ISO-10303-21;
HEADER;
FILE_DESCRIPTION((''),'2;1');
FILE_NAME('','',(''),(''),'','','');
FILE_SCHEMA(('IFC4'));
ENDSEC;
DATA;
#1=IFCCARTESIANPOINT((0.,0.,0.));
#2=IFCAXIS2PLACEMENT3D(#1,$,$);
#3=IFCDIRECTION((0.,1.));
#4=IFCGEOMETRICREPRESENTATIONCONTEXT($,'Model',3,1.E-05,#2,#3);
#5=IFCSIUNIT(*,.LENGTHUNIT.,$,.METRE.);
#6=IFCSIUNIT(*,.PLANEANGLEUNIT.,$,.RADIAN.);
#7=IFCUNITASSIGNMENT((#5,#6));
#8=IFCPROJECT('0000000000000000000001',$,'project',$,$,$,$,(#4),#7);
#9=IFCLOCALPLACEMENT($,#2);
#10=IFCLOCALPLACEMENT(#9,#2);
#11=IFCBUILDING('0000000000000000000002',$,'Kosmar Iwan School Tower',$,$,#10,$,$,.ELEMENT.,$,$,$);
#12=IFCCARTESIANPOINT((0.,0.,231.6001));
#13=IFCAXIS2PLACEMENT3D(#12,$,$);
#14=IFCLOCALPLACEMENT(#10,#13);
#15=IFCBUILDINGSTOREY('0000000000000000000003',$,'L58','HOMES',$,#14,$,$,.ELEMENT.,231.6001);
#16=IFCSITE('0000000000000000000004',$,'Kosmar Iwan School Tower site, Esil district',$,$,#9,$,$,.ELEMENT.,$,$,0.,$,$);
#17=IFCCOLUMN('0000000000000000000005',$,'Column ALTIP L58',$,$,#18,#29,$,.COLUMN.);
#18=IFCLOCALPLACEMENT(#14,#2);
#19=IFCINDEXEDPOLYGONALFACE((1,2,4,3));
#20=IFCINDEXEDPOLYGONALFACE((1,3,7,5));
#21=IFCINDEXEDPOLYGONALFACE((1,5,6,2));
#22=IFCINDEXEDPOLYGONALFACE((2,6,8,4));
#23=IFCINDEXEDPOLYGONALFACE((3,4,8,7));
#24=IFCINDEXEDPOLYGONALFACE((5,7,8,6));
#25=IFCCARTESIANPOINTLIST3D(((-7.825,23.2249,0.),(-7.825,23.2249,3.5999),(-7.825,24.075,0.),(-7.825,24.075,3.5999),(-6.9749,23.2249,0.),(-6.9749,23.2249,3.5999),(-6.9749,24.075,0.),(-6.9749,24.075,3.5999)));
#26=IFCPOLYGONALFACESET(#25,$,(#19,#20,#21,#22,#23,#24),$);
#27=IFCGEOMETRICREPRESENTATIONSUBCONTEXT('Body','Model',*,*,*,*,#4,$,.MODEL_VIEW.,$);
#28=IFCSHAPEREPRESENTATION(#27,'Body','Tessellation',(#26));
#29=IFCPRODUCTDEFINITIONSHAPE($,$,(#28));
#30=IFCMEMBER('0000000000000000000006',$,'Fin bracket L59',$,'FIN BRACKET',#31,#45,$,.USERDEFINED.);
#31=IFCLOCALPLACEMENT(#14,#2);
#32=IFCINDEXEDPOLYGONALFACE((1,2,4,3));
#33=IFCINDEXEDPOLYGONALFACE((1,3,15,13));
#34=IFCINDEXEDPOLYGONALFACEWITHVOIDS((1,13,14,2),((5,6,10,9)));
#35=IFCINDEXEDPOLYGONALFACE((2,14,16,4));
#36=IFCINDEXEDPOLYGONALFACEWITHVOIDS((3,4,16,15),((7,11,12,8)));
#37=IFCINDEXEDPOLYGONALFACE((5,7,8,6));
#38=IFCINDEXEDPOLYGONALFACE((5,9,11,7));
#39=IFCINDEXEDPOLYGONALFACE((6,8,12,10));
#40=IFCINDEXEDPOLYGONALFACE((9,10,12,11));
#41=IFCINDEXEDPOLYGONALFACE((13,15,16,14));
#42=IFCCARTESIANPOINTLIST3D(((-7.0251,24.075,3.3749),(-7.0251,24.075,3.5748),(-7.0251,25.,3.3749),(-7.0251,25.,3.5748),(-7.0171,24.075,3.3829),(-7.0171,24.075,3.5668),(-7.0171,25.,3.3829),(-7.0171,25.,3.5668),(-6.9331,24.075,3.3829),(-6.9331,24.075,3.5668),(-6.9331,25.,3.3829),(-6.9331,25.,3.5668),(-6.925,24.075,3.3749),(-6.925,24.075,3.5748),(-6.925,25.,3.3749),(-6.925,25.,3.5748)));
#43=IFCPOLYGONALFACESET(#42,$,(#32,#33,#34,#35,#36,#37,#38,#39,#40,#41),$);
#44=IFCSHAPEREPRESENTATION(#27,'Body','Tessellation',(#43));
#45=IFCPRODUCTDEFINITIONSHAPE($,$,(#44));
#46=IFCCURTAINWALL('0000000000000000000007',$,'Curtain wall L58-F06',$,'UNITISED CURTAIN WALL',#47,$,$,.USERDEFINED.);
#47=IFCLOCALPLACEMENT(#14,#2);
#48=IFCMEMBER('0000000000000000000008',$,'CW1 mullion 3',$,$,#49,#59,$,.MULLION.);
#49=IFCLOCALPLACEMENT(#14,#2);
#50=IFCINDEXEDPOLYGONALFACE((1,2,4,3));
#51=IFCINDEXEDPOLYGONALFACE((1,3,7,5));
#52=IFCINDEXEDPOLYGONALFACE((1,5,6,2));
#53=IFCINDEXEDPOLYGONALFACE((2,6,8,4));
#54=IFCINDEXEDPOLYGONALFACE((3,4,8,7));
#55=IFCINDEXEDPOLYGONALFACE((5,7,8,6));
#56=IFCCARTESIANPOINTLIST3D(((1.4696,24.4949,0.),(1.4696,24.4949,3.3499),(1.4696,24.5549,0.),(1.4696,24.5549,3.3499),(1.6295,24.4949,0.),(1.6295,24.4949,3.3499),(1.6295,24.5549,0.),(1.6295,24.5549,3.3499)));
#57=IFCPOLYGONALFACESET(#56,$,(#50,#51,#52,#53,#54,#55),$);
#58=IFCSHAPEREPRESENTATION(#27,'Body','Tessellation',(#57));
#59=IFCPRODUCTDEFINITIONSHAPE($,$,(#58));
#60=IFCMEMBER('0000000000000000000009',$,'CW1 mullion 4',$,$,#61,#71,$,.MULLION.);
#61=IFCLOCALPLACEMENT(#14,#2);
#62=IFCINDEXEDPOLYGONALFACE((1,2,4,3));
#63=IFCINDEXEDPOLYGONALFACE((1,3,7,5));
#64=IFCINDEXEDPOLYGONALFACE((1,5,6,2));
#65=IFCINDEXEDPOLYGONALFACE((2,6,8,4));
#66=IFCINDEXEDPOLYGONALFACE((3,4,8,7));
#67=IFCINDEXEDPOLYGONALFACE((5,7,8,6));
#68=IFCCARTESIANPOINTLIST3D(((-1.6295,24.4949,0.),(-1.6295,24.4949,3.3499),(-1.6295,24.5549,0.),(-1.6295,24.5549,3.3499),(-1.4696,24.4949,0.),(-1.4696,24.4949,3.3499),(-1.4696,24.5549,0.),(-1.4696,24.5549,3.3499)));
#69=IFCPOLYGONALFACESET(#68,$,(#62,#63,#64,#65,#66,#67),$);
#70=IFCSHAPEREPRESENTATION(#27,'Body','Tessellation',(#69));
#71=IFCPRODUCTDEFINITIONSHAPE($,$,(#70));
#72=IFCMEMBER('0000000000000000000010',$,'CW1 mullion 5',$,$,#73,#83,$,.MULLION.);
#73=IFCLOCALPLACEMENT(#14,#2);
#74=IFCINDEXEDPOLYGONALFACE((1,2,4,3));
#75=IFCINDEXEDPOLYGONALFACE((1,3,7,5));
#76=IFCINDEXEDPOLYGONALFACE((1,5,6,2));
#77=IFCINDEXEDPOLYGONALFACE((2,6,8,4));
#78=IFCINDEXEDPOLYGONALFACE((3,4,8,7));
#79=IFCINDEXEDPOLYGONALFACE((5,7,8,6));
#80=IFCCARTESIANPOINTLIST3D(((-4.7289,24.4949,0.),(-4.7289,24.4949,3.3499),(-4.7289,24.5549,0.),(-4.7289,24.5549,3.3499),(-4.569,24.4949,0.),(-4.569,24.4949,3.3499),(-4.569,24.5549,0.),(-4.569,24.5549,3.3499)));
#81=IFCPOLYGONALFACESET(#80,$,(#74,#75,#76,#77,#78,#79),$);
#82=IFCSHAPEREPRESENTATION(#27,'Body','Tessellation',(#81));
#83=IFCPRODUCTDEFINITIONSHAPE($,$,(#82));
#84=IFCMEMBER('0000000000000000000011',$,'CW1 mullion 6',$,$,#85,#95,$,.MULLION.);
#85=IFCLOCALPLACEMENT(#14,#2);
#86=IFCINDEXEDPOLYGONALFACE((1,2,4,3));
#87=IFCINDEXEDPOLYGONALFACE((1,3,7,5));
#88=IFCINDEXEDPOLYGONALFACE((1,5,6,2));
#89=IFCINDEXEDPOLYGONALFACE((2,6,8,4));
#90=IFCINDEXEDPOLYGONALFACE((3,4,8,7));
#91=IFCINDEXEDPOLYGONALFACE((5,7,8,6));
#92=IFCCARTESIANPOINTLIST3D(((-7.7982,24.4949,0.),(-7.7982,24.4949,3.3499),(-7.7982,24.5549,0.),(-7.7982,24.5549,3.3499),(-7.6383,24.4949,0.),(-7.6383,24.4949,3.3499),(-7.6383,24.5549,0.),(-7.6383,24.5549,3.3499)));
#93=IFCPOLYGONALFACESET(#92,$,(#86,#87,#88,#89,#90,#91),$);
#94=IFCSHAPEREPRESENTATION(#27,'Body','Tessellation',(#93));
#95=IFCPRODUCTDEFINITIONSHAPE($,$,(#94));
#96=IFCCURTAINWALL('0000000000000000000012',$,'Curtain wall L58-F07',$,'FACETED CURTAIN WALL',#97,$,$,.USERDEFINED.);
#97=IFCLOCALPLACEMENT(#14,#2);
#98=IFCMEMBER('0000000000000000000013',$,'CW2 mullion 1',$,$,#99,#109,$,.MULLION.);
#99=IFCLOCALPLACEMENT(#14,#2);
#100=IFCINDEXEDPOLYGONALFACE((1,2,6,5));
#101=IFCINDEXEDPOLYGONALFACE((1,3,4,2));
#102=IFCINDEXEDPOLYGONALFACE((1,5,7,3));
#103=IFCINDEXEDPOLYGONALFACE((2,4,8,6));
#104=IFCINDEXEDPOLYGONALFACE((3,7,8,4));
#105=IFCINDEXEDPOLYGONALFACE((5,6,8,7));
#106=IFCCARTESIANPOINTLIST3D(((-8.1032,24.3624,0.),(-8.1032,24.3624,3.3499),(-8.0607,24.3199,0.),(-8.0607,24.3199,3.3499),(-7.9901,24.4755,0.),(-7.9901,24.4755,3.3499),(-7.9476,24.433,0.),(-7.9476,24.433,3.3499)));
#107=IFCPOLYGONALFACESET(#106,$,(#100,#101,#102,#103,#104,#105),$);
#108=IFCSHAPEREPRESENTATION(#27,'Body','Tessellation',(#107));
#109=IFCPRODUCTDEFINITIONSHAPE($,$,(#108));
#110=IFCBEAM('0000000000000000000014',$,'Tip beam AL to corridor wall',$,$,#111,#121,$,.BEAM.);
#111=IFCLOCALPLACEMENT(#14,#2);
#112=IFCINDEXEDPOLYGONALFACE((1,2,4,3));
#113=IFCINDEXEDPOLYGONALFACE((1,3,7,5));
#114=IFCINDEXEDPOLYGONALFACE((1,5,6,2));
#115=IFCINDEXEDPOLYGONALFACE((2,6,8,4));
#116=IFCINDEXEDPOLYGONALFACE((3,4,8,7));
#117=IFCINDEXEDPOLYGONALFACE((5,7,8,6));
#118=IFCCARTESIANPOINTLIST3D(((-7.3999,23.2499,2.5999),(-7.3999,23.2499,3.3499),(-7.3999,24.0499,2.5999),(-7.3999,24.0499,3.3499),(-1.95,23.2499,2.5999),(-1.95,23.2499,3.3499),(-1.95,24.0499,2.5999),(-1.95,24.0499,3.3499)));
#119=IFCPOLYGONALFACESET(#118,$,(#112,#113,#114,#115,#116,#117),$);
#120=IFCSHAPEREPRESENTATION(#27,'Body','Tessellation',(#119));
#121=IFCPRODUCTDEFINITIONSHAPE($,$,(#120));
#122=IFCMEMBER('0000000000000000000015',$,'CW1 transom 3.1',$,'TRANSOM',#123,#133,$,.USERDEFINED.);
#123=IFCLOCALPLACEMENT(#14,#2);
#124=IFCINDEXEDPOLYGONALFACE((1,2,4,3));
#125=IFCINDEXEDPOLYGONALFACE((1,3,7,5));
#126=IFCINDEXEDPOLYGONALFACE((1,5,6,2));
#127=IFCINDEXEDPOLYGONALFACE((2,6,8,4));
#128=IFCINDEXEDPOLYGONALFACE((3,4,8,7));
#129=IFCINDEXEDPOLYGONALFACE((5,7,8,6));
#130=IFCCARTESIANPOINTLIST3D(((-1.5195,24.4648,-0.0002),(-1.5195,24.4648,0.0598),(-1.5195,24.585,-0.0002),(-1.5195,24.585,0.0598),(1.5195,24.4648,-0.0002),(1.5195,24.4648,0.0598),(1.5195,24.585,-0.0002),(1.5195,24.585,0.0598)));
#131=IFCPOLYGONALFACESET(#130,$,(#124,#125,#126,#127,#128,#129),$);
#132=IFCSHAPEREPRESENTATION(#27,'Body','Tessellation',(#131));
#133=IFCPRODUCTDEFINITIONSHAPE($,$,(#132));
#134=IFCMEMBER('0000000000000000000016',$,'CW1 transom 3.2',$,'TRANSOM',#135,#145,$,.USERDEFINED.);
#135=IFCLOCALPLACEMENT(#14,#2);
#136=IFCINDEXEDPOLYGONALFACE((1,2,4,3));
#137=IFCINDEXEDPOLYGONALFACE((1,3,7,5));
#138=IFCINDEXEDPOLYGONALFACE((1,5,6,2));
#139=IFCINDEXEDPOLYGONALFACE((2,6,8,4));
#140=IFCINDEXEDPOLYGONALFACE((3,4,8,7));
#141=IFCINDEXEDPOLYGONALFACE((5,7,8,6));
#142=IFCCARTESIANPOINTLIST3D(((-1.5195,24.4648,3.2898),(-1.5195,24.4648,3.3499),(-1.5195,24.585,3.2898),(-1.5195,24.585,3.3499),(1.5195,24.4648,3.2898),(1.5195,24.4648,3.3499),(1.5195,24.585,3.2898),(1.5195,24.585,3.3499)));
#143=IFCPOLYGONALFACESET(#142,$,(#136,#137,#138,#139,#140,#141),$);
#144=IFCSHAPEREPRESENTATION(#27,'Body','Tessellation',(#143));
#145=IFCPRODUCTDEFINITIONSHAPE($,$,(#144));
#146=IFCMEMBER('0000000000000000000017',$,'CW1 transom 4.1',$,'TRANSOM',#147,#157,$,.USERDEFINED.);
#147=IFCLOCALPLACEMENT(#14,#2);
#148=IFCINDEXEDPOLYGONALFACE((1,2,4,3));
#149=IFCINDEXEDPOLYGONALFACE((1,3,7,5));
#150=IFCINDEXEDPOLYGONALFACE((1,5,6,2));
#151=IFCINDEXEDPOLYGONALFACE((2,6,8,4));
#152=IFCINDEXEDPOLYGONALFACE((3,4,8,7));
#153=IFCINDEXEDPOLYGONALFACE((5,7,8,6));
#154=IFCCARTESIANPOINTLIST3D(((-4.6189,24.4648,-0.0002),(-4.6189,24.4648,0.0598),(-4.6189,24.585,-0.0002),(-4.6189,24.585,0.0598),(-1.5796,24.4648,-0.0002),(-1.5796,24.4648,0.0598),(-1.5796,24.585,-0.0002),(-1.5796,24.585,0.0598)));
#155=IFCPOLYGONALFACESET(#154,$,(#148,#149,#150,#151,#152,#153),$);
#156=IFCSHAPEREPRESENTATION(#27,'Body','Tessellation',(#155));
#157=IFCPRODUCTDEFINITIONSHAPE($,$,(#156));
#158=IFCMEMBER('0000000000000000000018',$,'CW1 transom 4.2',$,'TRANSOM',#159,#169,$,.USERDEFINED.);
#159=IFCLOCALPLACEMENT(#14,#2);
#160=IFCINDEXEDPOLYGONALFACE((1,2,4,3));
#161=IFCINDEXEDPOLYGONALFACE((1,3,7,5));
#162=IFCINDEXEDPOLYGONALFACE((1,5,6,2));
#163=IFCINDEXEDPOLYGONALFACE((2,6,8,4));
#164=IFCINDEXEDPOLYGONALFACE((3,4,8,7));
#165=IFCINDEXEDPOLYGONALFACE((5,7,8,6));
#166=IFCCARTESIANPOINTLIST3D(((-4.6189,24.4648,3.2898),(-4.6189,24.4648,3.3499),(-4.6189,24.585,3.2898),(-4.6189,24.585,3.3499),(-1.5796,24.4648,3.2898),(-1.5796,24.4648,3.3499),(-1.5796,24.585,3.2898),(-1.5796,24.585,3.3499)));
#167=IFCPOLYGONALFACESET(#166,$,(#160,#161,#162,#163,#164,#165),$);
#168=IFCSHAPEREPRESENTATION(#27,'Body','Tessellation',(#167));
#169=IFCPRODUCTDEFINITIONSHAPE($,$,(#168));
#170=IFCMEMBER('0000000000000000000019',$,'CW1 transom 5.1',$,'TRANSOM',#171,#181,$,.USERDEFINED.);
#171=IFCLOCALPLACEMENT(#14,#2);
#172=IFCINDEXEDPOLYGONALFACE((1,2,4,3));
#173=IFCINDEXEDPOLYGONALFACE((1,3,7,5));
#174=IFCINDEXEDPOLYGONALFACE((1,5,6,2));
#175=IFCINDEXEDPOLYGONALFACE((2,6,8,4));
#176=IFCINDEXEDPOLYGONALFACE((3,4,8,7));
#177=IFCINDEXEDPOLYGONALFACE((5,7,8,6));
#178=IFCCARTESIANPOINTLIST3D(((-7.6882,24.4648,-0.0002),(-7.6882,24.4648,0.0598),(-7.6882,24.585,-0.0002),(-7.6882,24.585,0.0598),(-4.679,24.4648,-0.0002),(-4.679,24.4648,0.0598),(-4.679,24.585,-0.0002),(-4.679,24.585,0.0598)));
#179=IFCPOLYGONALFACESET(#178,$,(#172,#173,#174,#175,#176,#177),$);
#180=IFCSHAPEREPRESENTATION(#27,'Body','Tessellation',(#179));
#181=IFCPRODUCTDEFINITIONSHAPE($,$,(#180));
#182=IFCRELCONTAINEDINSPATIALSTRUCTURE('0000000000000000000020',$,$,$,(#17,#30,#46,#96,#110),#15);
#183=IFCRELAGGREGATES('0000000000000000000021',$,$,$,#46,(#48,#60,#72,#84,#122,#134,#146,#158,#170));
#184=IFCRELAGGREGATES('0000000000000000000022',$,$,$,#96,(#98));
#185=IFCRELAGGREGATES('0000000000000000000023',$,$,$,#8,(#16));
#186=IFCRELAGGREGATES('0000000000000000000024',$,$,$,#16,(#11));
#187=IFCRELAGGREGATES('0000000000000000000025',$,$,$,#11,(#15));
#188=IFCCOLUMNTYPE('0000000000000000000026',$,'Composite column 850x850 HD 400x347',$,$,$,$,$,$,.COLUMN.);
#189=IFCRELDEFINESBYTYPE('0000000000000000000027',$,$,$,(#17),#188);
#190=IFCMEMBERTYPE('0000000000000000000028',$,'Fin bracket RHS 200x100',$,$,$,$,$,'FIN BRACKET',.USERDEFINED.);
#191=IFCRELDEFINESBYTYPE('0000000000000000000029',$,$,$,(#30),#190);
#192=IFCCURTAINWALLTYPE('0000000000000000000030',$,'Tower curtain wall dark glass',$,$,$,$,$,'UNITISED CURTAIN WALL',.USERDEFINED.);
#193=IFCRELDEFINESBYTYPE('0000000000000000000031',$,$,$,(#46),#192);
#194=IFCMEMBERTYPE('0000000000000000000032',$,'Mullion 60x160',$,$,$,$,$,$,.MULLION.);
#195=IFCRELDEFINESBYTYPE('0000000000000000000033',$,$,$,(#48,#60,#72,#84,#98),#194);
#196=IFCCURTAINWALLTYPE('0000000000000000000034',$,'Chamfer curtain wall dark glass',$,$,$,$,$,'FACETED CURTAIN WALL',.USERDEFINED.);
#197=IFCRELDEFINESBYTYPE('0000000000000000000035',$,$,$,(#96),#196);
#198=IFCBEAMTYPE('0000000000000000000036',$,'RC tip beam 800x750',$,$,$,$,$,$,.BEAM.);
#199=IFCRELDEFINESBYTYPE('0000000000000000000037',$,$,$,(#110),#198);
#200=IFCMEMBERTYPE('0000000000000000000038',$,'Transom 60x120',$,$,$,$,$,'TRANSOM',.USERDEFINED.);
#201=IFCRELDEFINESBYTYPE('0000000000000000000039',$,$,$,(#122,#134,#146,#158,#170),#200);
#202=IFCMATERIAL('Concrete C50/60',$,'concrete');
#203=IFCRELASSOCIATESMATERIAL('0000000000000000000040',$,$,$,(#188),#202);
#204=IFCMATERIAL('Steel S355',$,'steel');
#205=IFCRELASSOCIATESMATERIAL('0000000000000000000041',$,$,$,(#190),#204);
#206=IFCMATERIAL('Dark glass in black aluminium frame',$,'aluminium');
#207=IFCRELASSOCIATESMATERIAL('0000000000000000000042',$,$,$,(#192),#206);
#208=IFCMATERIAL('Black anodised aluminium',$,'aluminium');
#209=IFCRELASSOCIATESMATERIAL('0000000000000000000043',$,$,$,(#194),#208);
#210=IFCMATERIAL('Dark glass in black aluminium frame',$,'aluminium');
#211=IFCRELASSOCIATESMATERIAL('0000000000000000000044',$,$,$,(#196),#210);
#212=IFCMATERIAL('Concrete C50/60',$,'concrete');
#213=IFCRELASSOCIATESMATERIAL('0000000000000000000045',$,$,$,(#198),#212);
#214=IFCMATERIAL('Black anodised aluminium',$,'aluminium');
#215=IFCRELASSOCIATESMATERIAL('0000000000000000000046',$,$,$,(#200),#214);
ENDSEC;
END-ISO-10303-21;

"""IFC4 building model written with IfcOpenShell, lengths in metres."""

from ifc_helpers import new_model, si_unit, direction, frame, origin, origin_2d, place, context, subcontext, project, spatial, rectangle, hollow_rectangle, extrude, material, material_profile, profile_set, type_object, element, aggregate, save


model = new_model("IFC4")

# Units and contexts
model_context = context("Model", 3, precision=1e-05, world=origin(), true_north=direction((0.0, 1.0)))
body_context = subcontext(model_context, "Body", "Model", "MODEL_VIEW")
ifc_project = project(units=[si_unit("LENGTHUNIT", "METRE"), si_unit("PLANEANGLEUNIT", "RADIAN")], contexts=[model_context])

# Site, building, storey
site_placement = place(None, origin())
site = spatial("IfcSite", under=ifc_project, at=site_placement, Name="Kosmar Iwan School Tower site, Esil district", CompositionType="ELEMENT", RefElevation=0.0)
building_placement = place(site_placement, origin())
building = spatial("IfcBuilding", under=site, at=building_placement, Name="Kosmar Iwan School Tower", CompositionType="ELEMENT")
storey_placement = place(building_placement, frame((0.0, 0.0, 231.6001)))
storey = spatial("IfcBuildingStorey", under=building, at=storey_placement, Name="L58", Description="HOMES", CompositionType="ELEMENT", Elevation=231.6001)

# Column
ifc_material_1 = material(Name="Concrete C50/60", Category="concrete")
ifc_material_profile_1 = material_profile(ifc_material_1, rectangle(XDim=0.8501, YDim=0.8501, at=origin_2d()), Name="RC 850x850 + HD 400x347")
ifc_profile_set_1 = profile_set([ifc_material_profile_1], Name="Concrete C50/60")
column_type = type_object("IfcColumnType", Name="Composite column 850x850 HD 400x347", PredefinedType="COLUMN", material=ifc_profile_set_1)
column_placement = place(storey_placement, frame((-7.3999, 23.6499, 0.0), z_axis=(0.0, 0.0, 1.0), x_axis=(0.0, 1.0, 0.0)))
element("IfcColumn", 1, at=column_placement, inside=storey, type_object=column_type, Name="Column ALTIP L58", PredefinedType="COLUMN", context=body_context, shape_type="SweptSolid", body=[
    extrude(rectangle(XDim=0.8501, YDim=0.8501, at=origin_2d()), origin(), (0.0, 0.0, 1.0), 3.5999),
])

# Member
ifc_material_2 = material(Name="Steel S355", Category="steel")
ifc_material_profile_2 = material_profile(ifc_material_2, hollow_rectangle(XDim=0.1001, YDim=0.2, WallThickness=0.0081, at=origin_2d()), Name="RHS 200x100x8")
ifc_profile_set_2 = profile_set([ifc_material_profile_2], Name="Steel S355")
member_type_1 = type_object("IfcMemberType", Name="Fin bracket RHS 200x100", ElementType="FIN BRACKET", PredefinedType="USERDEFINED", material=ifc_profile_set_2)
member_1_placement = place(storey_placement, frame((-6.9751, 24.075, 3.4749), z_axis=(0.0, 1.0, 0.0), x_axis=(-1.0, 0.0, 0.0)))
element("IfcMember", 2, at=member_1_placement, inside=storey, type_object=member_type_1, Name="Fin bracket L59", ObjectType="FIN BRACKET", PredefinedType="USERDEFINED", context=body_context, shape_type="SweptSolid", body=[
    extrude(hollow_rectangle(XDim=0.1001, YDim=0.2, WallThickness=0.0081, at=origin_2d()), origin(), (0.0, 0.0, 1.0), 0.925),
])

# Curtain wall, members
ifc_material_3 = material(Name="Dark glass in black aluminium frame", Category="aluminium")
curtain_wall_type_1 = type_object("IfcCurtainWallType", Name="Tower curtain wall dark glass", ElementType="UNITISED CURTAIN WALL", PredefinedType="USERDEFINED", material=ifc_material_3)
curtain_wall_1_placement = place(storey_placement, origin())
curtain_wall_1 = element("IfcCurtainWall", 3, at=curtain_wall_1_placement, inside=storey, type_object=curtain_wall_type_1, Name="Curtain wall L58-F06", ObjectType="UNITISED CURTAIN WALL", PredefinedType="USERDEFINED")
ifc_material_4 = material(Name="Black anodised aluminium", Category="aluminium")
ifc_material_profile_3 = material_profile(ifc_material_4, rectangle(XDim=0.0601, YDim=0.1599, at=origin_2d()), Name="MULLION 60x160")
ifc_profile_set_3 = profile_set([ifc_material_profile_3], Name="Black anodised aluminium")
member_type_2 = type_object("IfcMemberType", Name="Mullion 60x160", PredefinedType="MULLION", material=ifc_profile_set_3)
member_2_placement = place(storey_placement, frame((1.5496, 24.5249, 0.0), z_axis=(0.0, 0.0, 1.0), x_axis=(0.0, -1.0, 0.0)))
member_2 = element("IfcMember", 4, at=member_2_placement, type_object=member_type_2, Name="CW1 mullion 3", PredefinedType="MULLION", context=body_context, shape_type="SweptSolid", body=[
    extrude(rectangle(XDim=0.0601, YDim=0.1599, at=origin_2d()), origin(), (0.0, 0.0, 1.0), 3.3499),
])
member_3_placement = place(storey_placement, frame((-1.5496, 24.5249, 0.0), z_axis=(0.0, 0.0, 1.0), x_axis=(0.0, -1.0, 0.0)))
member_3 = element("IfcMember", 5, at=member_3_placement, type_object=member_type_2, Name="CW1 mullion 4", PredefinedType="MULLION", context=body_context, shape_type="SweptSolid", body=[
    extrude(rectangle(XDim=0.0601, YDim=0.1599, at=origin_2d()), origin(), (0.0, 0.0, 1.0), 3.3499),
])
member_4_placement = place(storey_placement, frame((-4.6489, 24.5249, 0.0), z_axis=(0.0, 0.0, 1.0), x_axis=(0.0, -1.0, 0.0)))
member_4 = element("IfcMember", 6, at=member_4_placement, type_object=member_type_2, Name="CW1 mullion 5", PredefinedType="MULLION", context=body_context, shape_type="SweptSolid", body=[
    extrude(rectangle(XDim=0.0601, YDim=0.1599, at=origin_2d()), origin(), (0.0, 0.0, 1.0), 3.3499),
])
member_5_placement = place(storey_placement, frame((-7.7183, 24.5249, 0.0), z_axis=(0.0, 0.0, 1.0), x_axis=(0.0, -1.0, 0.0)))
member_5 = element("IfcMember", 7, at=member_5_placement, type_object=member_type_2, Name="CW1 mullion 6", PredefinedType="MULLION", context=body_context, shape_type="SweptSolid", body=[
    extrude(rectangle(XDim=0.0601, YDim=0.1599, at=origin_2d()), origin(), (0.0, 0.0, 1.0), 3.3499),
])

# Curtain wall, member
ifc_material_5 = material(Name="Dark glass in black aluminium frame", Category="aluminium")
curtain_wall_type_2 = type_object("IfcCurtainWallType", Name="Chamfer curtain wall dark glass", ElementType="FACETED CURTAIN WALL", PredefinedType="USERDEFINED", material=ifc_material_5)
curtain_wall_2_placement = place(storey_placement, origin())
curtain_wall_2 = element("IfcCurtainWall", 8, at=curtain_wall_2_placement, inside=storey, type_object=curtain_wall_type_2, Name="Curtain wall L58-F07", ObjectType="FACETED CURTAIN WALL", PredefinedType="USERDEFINED")
member_6_placement = place(storey_placement, frame((-8.0254, 24.3977, 0.0), z_axis=(0.0, 0.0, 1.0), x_axis=(0.707107, -0.707107, 0.0)))
member_6 = element("IfcMember", 9, at=member_6_placement, type_object=member_type_2, Name="CW2 mullion 1", PredefinedType="MULLION", context=body_context, shape_type="SweptSolid", body=[
    extrude(rectangle(XDim=0.0601, YDim=0.1599, at=origin_2d()), origin(), (0.0, 0.0, 1.0), 3.3499),
])

# Beam
ifc_material_6 = material(Name="Concrete C50/60", Category="concrete")
ifc_material_profile_4 = material_profile(ifc_material_6, rectangle(XDim=0.8, YDim=0.75, at=origin_2d()), Name="RC 800x750")
ifc_profile_set_4 = profile_set([ifc_material_profile_4], Name="Concrete C50/60")
beam_type = type_object("IfcBeamType", Name="RC tip beam 800x750", PredefinedType="BEAM", material=ifc_profile_set_4)
beam_placement = place(storey_placement, frame((-7.3999, 23.6499, 2.9749), z_axis=(1.0, 0.0, 0.0), x_axis=(0.0, 1.0, 0.0)))
element("IfcBeam", 10, at=beam_placement, inside=storey, type_object=beam_type, Name="Tip beam AL to corridor wall", PredefinedType="BEAM", context=body_context, shape_type="SweptSolid", body=[
    extrude(rectangle(XDim=0.8, YDim=0.75, at=origin_2d()), origin(), (0.0, 0.0, 1.0), 5.45),
])

# Members
ifc_material_7 = material(Name="Black anodised aluminium", Category="aluminium")
ifc_material_profile_5 = material_profile(ifc_material_7, rectangle(XDim=0.1201, YDim=0.0601, at=origin_2d()), Name="TRANSOM 60x120")
ifc_profile_set_5 = profile_set([ifc_material_profile_5], Name="Black anodised aluminium")
member_type_3 = type_object("IfcMemberType", Name="Transom 60x120", ElementType="TRANSOM", PredefinedType="USERDEFINED", material=ifc_profile_set_5)
member_7_placement = place(storey_placement, frame((1.5195, 24.5249, 0.0298), z_axis=(-1.0, 0.0, 0.0), x_axis=(0.0, -1.0, 0.0)))
member_7 = element("IfcMember", 11, at=member_7_placement, type_object=member_type_3, Name="CW1 transom 3.1", ObjectType="TRANSOM", PredefinedType="USERDEFINED", context=body_context, shape_type="SweptSolid", body=[
    extrude(rectangle(XDim=0.1201, YDim=0.0601, at=origin_2d()), origin(), (0.0, 0.0, 1.0), 3.0391),
])
member_8_placement = place(storey_placement, frame((1.5195, 24.5249, 3.3198), z_axis=(-1.0, 0.0, 0.0), x_axis=(0.0, -1.0, 0.0)))
member_8 = element("IfcMember", 12, at=member_8_placement, type_object=member_type_3, Name="CW1 transom 3.2", ObjectType="TRANSOM", PredefinedType="USERDEFINED", context=body_context, shape_type="SweptSolid", body=[
    extrude(rectangle(XDim=0.1201, YDim=0.0601, at=origin_2d()), origin(), (0.0, 0.0, 1.0), 3.0391),
])
member_9_placement = place(storey_placement, frame((-1.5796, 24.5249, 0.0298), z_axis=(-1.0, 0.0, 0.0), x_axis=(0.0, -1.0, 0.0)))
member_9 = element("IfcMember", 13, at=member_9_placement, type_object=member_type_3, Name="CW1 transom 4.1", ObjectType="TRANSOM", PredefinedType="USERDEFINED", context=body_context, shape_type="SweptSolid", body=[
    extrude(rectangle(XDim=0.1201, YDim=0.0601, at=origin_2d()), origin(), (0.0, 0.0, 1.0), 3.0393),
])
member_10_placement = place(storey_placement, frame((-1.5796, 24.5249, 3.3198), z_axis=(-1.0, 0.0, 0.0), x_axis=(0.0, -1.0, 0.0)))
member_10 = element("IfcMember", 14, at=member_10_placement, type_object=member_type_3, Name="CW1 transom 4.2", ObjectType="TRANSOM", PredefinedType="USERDEFINED", context=body_context, shape_type="SweptSolid", body=[
    extrude(rectangle(XDim=0.1201, YDim=0.0601, at=origin_2d()), origin(), (0.0, 0.0, 1.0), 3.0393),
])
member_11_placement = place(storey_placement, frame((-4.679, 24.5249, 0.0298), z_axis=(-1.0, 0.0, 0.0), x_axis=(0.0, -1.0, 0.0)))
member_11 = element("IfcMember", 15, at=member_11_placement, type_object=member_type_3, Name="CW1 transom 5.1", ObjectType="TRANSOM", PredefinedType="USERDEFINED", context=body_context, shape_type="SweptSolid", body=[
    extrude(rectangle(XDim=0.1201, YDim=0.0601, at=origin_2d()), origin(), (0.0, 0.0, 1.0), 3.0093),
])

aggregate(curtain_wall_1, [member_2, member_3, member_4, member_5, member_7, member_8, member_9, member_10, member_11])
aggregate(curtain_wall_2, [member_6])

save(model, "model.ifc")
